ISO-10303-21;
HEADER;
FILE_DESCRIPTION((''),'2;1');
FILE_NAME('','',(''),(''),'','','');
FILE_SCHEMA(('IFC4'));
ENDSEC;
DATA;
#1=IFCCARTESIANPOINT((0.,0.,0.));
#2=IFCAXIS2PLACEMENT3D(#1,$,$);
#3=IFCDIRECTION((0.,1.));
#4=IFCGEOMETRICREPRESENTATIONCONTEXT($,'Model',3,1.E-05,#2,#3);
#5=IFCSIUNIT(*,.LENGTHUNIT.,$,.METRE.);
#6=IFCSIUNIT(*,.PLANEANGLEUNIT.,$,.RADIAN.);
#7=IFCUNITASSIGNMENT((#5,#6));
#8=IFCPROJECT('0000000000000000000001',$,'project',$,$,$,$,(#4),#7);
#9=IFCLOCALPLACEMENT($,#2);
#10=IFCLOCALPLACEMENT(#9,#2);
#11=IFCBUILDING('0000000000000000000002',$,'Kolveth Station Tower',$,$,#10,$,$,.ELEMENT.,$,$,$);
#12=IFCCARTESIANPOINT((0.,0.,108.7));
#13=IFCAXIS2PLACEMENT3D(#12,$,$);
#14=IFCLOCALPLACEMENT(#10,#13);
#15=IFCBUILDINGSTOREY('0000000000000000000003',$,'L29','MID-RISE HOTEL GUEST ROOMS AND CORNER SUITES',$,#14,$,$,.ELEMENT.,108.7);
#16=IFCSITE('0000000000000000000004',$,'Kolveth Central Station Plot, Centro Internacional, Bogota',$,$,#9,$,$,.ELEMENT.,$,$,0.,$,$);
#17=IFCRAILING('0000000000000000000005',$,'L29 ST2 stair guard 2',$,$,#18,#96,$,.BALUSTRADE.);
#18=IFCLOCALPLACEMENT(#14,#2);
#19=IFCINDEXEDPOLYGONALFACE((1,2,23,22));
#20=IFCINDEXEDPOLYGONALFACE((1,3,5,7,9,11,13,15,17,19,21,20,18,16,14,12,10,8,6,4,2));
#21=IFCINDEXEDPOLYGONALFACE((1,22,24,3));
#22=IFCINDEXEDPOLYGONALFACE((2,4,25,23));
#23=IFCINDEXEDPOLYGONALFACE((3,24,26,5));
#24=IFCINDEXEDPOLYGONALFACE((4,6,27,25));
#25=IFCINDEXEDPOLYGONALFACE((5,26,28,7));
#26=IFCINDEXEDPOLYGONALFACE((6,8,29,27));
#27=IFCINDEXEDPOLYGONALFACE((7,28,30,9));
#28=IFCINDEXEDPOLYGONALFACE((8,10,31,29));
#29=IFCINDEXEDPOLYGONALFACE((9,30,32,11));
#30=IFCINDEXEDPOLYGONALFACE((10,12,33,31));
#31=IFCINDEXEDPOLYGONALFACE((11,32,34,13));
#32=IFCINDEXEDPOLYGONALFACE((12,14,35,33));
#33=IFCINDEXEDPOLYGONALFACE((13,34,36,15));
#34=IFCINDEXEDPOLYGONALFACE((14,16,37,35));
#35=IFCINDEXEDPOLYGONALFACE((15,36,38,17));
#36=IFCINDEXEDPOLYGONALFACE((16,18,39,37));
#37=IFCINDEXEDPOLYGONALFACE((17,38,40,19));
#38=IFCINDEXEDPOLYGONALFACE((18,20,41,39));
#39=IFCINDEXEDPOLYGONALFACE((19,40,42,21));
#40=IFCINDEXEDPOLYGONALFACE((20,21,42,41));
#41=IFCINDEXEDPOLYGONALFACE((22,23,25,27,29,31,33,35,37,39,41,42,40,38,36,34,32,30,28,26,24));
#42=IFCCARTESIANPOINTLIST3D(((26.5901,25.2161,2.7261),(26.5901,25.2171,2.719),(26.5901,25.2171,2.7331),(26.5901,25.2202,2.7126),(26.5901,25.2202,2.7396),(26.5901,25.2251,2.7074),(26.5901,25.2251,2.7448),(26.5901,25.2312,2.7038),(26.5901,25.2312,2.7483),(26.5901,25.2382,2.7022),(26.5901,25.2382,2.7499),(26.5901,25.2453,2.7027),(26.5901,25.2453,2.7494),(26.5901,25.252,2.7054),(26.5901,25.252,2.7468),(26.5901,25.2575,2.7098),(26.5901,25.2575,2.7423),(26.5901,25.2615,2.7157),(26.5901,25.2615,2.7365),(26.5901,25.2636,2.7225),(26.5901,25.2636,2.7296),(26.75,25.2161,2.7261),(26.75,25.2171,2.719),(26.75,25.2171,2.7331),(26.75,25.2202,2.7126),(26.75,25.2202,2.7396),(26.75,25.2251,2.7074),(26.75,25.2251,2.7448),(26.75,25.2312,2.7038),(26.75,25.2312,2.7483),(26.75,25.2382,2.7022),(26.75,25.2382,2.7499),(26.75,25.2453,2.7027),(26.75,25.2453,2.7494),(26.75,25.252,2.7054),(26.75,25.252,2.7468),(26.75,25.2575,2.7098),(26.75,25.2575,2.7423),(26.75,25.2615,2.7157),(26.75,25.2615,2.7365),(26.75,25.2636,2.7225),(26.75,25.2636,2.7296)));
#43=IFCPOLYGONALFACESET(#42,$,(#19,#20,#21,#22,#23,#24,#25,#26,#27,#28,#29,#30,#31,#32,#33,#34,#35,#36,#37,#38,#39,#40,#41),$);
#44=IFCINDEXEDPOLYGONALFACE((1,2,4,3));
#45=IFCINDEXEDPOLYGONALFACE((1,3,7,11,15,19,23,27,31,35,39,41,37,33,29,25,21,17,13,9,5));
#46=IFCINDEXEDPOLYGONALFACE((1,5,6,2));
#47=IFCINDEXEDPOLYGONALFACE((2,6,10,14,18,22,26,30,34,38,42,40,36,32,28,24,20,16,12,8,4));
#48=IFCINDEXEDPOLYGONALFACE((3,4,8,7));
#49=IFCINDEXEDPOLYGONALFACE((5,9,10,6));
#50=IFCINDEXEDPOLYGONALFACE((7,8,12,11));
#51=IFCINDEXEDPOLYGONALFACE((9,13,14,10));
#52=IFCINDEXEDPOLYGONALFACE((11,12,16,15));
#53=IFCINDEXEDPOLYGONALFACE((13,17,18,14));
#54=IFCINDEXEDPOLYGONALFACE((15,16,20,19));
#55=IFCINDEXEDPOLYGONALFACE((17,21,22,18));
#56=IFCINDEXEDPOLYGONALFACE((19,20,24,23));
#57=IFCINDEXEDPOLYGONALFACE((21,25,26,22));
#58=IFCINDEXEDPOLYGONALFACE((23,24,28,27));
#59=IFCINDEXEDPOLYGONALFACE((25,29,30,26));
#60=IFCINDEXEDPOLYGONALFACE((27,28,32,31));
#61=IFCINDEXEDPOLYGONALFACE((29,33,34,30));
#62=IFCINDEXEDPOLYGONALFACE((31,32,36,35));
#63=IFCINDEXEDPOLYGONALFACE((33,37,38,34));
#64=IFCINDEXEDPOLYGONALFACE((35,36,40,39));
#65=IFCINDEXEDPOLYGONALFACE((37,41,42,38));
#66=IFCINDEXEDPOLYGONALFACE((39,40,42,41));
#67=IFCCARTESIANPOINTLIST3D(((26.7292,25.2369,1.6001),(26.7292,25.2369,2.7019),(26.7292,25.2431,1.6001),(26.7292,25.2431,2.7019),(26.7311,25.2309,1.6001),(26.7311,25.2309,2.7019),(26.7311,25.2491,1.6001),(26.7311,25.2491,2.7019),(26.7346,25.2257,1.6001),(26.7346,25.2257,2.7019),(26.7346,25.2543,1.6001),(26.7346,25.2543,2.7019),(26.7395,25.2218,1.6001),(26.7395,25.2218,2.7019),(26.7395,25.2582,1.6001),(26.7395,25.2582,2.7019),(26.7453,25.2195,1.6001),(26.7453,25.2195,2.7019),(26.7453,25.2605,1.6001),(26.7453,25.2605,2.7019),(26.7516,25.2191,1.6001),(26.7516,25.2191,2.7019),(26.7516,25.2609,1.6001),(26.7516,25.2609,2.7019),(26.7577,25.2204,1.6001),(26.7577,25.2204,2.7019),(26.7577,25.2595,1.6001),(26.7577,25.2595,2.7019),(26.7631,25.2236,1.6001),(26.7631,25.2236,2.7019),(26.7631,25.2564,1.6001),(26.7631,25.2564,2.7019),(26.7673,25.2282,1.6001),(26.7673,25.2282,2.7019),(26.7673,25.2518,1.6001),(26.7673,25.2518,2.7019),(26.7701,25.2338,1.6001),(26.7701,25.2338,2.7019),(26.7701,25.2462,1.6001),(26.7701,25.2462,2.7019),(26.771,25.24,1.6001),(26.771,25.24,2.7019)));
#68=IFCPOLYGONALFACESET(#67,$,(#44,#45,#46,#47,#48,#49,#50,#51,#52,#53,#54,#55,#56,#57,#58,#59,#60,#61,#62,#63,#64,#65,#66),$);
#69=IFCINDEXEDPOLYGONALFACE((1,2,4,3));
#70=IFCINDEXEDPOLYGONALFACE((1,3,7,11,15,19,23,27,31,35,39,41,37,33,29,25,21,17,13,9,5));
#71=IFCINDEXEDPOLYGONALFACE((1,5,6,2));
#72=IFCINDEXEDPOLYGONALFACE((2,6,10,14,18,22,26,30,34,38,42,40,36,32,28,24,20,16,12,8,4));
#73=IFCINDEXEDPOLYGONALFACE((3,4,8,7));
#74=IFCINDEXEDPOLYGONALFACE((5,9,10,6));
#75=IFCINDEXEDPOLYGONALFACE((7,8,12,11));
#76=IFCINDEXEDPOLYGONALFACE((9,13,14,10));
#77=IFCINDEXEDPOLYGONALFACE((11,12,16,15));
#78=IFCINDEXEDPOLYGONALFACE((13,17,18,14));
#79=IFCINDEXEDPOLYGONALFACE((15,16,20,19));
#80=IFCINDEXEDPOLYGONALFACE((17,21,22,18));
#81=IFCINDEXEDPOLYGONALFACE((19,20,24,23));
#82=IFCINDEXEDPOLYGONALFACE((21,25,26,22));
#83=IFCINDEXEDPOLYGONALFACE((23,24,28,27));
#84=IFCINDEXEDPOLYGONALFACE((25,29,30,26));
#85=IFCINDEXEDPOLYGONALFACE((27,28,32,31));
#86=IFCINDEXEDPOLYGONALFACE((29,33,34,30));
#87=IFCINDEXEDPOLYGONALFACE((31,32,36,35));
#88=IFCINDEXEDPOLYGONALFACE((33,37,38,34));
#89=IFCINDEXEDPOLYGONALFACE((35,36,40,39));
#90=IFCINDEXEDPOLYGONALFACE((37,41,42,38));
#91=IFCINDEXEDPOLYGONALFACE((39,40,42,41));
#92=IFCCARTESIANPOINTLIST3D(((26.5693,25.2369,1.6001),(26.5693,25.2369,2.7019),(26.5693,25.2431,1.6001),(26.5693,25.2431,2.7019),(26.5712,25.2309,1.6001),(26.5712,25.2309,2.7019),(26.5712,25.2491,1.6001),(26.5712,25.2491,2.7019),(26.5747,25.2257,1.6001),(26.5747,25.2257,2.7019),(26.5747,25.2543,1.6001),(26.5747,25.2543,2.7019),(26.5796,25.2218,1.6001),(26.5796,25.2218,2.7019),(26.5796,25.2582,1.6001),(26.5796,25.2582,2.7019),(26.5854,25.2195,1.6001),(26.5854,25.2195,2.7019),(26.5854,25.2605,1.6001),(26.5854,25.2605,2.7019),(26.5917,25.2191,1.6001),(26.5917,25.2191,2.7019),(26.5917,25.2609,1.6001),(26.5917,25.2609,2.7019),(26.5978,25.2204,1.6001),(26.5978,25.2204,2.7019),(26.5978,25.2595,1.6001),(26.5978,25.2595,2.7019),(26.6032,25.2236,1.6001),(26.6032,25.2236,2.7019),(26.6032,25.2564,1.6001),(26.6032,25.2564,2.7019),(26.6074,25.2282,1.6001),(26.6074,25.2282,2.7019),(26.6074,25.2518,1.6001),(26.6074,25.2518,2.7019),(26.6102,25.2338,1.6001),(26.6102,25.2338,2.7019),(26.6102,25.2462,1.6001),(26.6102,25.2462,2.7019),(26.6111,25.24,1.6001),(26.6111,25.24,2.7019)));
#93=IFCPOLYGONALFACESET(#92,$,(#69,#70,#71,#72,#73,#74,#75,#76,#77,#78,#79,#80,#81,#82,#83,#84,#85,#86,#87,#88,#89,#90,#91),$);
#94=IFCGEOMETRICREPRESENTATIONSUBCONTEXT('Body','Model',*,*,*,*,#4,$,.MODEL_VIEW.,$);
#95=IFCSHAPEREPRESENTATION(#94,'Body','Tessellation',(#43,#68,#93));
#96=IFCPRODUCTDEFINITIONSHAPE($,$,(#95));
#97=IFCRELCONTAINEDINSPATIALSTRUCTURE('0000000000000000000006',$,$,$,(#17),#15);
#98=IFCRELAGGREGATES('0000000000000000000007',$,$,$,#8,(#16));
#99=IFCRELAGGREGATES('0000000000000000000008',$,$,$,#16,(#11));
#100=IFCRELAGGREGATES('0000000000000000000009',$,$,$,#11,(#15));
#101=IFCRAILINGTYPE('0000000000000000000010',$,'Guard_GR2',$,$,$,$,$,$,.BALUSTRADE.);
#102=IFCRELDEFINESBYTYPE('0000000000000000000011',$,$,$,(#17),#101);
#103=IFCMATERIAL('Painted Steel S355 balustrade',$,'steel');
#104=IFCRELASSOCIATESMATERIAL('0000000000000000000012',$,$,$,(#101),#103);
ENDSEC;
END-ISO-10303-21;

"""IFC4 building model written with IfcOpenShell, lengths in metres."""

from ifc_helpers import new_model, si_unit, direction, frame, origin, origin_2d, place, context, subcontext, project, spatial, circle, extrude, material, type_object, element, save


model = new_model("IFC4")

# Units and contexts
model_context = context("Model", 3, precision=1e-05, world=origin(), true_north=direction((0.0, 1.0)))
body_context = subcontext(model_context, "Body", "Model", "MODEL_VIEW")
ifc_project = project(units=[si_unit("LENGTHUNIT", "METRE"), si_unit("PLANEANGLEUNIT", "RADIAN")], contexts=[model_context])

# Site, building, storey
site_placement = place(None, origin())
site = spatial("IfcSite", under=ifc_project, at=site_placement, Name="Kolveth Central Station Plot, Centro Internacional, Bogota", CompositionType="ELEMENT", RefElevation=0.0)
building_placement = place(site_placement, origin())
building = spatial("IfcBuilding", under=site, at=building_placement, Name="Kolveth Station Tower", CompositionType="ELEMENT")
storey_placement = place(building_placement, frame((0.0, 0.0, 108.7)))
storey = spatial("IfcBuildingStorey", under=building, at=storey_placement, Name="L29", Description="MID-RISE HOTEL GUEST ROOMS AND CORNER SUITES", CompositionType="ELEMENT", Elevation=108.7)

# Railing
ifc_material_1 = material(Name="Painted Steel S355 balustrade", Category="steel")
railing_type_1 = type_object("IfcRailingType", Name="Guard_GR2", PredefinedType="BALUSTRADE", material=ifc_material_1)
railing_1_placement = place(storey_placement, frame((26.75, 25.24, 1.6001)))
element("IfcRailing", 1, at=railing_1_placement, inside=storey, type_object=railing_type_1, Name="L29 ST2 stair guard 2", PredefinedType="BALUSTRADE", context=body_context, shape_type="SweptSolid", body=[
    extrude(circle(Radius=0.0239, at=origin_2d()), frame((0.0, 0.0, 1.126), z_axis=(-1.0, 0.0, 0.0), x_axis=(0.0, -1.0, 0.0)), (0.0, 0.0, 1.0), 0.1599),
    extrude(circle(Radius=0.021, at=origin_2d()), origin(), (0.0, 0.0, 1.0), 1.1018),
    extrude(circle(Radius=0.021, at=origin_2d()), frame((-0.1599, 0.0, 0.0)), (0.0, 0.0, 1.0), 1.1018),
])

save(model, "model.ifc")
